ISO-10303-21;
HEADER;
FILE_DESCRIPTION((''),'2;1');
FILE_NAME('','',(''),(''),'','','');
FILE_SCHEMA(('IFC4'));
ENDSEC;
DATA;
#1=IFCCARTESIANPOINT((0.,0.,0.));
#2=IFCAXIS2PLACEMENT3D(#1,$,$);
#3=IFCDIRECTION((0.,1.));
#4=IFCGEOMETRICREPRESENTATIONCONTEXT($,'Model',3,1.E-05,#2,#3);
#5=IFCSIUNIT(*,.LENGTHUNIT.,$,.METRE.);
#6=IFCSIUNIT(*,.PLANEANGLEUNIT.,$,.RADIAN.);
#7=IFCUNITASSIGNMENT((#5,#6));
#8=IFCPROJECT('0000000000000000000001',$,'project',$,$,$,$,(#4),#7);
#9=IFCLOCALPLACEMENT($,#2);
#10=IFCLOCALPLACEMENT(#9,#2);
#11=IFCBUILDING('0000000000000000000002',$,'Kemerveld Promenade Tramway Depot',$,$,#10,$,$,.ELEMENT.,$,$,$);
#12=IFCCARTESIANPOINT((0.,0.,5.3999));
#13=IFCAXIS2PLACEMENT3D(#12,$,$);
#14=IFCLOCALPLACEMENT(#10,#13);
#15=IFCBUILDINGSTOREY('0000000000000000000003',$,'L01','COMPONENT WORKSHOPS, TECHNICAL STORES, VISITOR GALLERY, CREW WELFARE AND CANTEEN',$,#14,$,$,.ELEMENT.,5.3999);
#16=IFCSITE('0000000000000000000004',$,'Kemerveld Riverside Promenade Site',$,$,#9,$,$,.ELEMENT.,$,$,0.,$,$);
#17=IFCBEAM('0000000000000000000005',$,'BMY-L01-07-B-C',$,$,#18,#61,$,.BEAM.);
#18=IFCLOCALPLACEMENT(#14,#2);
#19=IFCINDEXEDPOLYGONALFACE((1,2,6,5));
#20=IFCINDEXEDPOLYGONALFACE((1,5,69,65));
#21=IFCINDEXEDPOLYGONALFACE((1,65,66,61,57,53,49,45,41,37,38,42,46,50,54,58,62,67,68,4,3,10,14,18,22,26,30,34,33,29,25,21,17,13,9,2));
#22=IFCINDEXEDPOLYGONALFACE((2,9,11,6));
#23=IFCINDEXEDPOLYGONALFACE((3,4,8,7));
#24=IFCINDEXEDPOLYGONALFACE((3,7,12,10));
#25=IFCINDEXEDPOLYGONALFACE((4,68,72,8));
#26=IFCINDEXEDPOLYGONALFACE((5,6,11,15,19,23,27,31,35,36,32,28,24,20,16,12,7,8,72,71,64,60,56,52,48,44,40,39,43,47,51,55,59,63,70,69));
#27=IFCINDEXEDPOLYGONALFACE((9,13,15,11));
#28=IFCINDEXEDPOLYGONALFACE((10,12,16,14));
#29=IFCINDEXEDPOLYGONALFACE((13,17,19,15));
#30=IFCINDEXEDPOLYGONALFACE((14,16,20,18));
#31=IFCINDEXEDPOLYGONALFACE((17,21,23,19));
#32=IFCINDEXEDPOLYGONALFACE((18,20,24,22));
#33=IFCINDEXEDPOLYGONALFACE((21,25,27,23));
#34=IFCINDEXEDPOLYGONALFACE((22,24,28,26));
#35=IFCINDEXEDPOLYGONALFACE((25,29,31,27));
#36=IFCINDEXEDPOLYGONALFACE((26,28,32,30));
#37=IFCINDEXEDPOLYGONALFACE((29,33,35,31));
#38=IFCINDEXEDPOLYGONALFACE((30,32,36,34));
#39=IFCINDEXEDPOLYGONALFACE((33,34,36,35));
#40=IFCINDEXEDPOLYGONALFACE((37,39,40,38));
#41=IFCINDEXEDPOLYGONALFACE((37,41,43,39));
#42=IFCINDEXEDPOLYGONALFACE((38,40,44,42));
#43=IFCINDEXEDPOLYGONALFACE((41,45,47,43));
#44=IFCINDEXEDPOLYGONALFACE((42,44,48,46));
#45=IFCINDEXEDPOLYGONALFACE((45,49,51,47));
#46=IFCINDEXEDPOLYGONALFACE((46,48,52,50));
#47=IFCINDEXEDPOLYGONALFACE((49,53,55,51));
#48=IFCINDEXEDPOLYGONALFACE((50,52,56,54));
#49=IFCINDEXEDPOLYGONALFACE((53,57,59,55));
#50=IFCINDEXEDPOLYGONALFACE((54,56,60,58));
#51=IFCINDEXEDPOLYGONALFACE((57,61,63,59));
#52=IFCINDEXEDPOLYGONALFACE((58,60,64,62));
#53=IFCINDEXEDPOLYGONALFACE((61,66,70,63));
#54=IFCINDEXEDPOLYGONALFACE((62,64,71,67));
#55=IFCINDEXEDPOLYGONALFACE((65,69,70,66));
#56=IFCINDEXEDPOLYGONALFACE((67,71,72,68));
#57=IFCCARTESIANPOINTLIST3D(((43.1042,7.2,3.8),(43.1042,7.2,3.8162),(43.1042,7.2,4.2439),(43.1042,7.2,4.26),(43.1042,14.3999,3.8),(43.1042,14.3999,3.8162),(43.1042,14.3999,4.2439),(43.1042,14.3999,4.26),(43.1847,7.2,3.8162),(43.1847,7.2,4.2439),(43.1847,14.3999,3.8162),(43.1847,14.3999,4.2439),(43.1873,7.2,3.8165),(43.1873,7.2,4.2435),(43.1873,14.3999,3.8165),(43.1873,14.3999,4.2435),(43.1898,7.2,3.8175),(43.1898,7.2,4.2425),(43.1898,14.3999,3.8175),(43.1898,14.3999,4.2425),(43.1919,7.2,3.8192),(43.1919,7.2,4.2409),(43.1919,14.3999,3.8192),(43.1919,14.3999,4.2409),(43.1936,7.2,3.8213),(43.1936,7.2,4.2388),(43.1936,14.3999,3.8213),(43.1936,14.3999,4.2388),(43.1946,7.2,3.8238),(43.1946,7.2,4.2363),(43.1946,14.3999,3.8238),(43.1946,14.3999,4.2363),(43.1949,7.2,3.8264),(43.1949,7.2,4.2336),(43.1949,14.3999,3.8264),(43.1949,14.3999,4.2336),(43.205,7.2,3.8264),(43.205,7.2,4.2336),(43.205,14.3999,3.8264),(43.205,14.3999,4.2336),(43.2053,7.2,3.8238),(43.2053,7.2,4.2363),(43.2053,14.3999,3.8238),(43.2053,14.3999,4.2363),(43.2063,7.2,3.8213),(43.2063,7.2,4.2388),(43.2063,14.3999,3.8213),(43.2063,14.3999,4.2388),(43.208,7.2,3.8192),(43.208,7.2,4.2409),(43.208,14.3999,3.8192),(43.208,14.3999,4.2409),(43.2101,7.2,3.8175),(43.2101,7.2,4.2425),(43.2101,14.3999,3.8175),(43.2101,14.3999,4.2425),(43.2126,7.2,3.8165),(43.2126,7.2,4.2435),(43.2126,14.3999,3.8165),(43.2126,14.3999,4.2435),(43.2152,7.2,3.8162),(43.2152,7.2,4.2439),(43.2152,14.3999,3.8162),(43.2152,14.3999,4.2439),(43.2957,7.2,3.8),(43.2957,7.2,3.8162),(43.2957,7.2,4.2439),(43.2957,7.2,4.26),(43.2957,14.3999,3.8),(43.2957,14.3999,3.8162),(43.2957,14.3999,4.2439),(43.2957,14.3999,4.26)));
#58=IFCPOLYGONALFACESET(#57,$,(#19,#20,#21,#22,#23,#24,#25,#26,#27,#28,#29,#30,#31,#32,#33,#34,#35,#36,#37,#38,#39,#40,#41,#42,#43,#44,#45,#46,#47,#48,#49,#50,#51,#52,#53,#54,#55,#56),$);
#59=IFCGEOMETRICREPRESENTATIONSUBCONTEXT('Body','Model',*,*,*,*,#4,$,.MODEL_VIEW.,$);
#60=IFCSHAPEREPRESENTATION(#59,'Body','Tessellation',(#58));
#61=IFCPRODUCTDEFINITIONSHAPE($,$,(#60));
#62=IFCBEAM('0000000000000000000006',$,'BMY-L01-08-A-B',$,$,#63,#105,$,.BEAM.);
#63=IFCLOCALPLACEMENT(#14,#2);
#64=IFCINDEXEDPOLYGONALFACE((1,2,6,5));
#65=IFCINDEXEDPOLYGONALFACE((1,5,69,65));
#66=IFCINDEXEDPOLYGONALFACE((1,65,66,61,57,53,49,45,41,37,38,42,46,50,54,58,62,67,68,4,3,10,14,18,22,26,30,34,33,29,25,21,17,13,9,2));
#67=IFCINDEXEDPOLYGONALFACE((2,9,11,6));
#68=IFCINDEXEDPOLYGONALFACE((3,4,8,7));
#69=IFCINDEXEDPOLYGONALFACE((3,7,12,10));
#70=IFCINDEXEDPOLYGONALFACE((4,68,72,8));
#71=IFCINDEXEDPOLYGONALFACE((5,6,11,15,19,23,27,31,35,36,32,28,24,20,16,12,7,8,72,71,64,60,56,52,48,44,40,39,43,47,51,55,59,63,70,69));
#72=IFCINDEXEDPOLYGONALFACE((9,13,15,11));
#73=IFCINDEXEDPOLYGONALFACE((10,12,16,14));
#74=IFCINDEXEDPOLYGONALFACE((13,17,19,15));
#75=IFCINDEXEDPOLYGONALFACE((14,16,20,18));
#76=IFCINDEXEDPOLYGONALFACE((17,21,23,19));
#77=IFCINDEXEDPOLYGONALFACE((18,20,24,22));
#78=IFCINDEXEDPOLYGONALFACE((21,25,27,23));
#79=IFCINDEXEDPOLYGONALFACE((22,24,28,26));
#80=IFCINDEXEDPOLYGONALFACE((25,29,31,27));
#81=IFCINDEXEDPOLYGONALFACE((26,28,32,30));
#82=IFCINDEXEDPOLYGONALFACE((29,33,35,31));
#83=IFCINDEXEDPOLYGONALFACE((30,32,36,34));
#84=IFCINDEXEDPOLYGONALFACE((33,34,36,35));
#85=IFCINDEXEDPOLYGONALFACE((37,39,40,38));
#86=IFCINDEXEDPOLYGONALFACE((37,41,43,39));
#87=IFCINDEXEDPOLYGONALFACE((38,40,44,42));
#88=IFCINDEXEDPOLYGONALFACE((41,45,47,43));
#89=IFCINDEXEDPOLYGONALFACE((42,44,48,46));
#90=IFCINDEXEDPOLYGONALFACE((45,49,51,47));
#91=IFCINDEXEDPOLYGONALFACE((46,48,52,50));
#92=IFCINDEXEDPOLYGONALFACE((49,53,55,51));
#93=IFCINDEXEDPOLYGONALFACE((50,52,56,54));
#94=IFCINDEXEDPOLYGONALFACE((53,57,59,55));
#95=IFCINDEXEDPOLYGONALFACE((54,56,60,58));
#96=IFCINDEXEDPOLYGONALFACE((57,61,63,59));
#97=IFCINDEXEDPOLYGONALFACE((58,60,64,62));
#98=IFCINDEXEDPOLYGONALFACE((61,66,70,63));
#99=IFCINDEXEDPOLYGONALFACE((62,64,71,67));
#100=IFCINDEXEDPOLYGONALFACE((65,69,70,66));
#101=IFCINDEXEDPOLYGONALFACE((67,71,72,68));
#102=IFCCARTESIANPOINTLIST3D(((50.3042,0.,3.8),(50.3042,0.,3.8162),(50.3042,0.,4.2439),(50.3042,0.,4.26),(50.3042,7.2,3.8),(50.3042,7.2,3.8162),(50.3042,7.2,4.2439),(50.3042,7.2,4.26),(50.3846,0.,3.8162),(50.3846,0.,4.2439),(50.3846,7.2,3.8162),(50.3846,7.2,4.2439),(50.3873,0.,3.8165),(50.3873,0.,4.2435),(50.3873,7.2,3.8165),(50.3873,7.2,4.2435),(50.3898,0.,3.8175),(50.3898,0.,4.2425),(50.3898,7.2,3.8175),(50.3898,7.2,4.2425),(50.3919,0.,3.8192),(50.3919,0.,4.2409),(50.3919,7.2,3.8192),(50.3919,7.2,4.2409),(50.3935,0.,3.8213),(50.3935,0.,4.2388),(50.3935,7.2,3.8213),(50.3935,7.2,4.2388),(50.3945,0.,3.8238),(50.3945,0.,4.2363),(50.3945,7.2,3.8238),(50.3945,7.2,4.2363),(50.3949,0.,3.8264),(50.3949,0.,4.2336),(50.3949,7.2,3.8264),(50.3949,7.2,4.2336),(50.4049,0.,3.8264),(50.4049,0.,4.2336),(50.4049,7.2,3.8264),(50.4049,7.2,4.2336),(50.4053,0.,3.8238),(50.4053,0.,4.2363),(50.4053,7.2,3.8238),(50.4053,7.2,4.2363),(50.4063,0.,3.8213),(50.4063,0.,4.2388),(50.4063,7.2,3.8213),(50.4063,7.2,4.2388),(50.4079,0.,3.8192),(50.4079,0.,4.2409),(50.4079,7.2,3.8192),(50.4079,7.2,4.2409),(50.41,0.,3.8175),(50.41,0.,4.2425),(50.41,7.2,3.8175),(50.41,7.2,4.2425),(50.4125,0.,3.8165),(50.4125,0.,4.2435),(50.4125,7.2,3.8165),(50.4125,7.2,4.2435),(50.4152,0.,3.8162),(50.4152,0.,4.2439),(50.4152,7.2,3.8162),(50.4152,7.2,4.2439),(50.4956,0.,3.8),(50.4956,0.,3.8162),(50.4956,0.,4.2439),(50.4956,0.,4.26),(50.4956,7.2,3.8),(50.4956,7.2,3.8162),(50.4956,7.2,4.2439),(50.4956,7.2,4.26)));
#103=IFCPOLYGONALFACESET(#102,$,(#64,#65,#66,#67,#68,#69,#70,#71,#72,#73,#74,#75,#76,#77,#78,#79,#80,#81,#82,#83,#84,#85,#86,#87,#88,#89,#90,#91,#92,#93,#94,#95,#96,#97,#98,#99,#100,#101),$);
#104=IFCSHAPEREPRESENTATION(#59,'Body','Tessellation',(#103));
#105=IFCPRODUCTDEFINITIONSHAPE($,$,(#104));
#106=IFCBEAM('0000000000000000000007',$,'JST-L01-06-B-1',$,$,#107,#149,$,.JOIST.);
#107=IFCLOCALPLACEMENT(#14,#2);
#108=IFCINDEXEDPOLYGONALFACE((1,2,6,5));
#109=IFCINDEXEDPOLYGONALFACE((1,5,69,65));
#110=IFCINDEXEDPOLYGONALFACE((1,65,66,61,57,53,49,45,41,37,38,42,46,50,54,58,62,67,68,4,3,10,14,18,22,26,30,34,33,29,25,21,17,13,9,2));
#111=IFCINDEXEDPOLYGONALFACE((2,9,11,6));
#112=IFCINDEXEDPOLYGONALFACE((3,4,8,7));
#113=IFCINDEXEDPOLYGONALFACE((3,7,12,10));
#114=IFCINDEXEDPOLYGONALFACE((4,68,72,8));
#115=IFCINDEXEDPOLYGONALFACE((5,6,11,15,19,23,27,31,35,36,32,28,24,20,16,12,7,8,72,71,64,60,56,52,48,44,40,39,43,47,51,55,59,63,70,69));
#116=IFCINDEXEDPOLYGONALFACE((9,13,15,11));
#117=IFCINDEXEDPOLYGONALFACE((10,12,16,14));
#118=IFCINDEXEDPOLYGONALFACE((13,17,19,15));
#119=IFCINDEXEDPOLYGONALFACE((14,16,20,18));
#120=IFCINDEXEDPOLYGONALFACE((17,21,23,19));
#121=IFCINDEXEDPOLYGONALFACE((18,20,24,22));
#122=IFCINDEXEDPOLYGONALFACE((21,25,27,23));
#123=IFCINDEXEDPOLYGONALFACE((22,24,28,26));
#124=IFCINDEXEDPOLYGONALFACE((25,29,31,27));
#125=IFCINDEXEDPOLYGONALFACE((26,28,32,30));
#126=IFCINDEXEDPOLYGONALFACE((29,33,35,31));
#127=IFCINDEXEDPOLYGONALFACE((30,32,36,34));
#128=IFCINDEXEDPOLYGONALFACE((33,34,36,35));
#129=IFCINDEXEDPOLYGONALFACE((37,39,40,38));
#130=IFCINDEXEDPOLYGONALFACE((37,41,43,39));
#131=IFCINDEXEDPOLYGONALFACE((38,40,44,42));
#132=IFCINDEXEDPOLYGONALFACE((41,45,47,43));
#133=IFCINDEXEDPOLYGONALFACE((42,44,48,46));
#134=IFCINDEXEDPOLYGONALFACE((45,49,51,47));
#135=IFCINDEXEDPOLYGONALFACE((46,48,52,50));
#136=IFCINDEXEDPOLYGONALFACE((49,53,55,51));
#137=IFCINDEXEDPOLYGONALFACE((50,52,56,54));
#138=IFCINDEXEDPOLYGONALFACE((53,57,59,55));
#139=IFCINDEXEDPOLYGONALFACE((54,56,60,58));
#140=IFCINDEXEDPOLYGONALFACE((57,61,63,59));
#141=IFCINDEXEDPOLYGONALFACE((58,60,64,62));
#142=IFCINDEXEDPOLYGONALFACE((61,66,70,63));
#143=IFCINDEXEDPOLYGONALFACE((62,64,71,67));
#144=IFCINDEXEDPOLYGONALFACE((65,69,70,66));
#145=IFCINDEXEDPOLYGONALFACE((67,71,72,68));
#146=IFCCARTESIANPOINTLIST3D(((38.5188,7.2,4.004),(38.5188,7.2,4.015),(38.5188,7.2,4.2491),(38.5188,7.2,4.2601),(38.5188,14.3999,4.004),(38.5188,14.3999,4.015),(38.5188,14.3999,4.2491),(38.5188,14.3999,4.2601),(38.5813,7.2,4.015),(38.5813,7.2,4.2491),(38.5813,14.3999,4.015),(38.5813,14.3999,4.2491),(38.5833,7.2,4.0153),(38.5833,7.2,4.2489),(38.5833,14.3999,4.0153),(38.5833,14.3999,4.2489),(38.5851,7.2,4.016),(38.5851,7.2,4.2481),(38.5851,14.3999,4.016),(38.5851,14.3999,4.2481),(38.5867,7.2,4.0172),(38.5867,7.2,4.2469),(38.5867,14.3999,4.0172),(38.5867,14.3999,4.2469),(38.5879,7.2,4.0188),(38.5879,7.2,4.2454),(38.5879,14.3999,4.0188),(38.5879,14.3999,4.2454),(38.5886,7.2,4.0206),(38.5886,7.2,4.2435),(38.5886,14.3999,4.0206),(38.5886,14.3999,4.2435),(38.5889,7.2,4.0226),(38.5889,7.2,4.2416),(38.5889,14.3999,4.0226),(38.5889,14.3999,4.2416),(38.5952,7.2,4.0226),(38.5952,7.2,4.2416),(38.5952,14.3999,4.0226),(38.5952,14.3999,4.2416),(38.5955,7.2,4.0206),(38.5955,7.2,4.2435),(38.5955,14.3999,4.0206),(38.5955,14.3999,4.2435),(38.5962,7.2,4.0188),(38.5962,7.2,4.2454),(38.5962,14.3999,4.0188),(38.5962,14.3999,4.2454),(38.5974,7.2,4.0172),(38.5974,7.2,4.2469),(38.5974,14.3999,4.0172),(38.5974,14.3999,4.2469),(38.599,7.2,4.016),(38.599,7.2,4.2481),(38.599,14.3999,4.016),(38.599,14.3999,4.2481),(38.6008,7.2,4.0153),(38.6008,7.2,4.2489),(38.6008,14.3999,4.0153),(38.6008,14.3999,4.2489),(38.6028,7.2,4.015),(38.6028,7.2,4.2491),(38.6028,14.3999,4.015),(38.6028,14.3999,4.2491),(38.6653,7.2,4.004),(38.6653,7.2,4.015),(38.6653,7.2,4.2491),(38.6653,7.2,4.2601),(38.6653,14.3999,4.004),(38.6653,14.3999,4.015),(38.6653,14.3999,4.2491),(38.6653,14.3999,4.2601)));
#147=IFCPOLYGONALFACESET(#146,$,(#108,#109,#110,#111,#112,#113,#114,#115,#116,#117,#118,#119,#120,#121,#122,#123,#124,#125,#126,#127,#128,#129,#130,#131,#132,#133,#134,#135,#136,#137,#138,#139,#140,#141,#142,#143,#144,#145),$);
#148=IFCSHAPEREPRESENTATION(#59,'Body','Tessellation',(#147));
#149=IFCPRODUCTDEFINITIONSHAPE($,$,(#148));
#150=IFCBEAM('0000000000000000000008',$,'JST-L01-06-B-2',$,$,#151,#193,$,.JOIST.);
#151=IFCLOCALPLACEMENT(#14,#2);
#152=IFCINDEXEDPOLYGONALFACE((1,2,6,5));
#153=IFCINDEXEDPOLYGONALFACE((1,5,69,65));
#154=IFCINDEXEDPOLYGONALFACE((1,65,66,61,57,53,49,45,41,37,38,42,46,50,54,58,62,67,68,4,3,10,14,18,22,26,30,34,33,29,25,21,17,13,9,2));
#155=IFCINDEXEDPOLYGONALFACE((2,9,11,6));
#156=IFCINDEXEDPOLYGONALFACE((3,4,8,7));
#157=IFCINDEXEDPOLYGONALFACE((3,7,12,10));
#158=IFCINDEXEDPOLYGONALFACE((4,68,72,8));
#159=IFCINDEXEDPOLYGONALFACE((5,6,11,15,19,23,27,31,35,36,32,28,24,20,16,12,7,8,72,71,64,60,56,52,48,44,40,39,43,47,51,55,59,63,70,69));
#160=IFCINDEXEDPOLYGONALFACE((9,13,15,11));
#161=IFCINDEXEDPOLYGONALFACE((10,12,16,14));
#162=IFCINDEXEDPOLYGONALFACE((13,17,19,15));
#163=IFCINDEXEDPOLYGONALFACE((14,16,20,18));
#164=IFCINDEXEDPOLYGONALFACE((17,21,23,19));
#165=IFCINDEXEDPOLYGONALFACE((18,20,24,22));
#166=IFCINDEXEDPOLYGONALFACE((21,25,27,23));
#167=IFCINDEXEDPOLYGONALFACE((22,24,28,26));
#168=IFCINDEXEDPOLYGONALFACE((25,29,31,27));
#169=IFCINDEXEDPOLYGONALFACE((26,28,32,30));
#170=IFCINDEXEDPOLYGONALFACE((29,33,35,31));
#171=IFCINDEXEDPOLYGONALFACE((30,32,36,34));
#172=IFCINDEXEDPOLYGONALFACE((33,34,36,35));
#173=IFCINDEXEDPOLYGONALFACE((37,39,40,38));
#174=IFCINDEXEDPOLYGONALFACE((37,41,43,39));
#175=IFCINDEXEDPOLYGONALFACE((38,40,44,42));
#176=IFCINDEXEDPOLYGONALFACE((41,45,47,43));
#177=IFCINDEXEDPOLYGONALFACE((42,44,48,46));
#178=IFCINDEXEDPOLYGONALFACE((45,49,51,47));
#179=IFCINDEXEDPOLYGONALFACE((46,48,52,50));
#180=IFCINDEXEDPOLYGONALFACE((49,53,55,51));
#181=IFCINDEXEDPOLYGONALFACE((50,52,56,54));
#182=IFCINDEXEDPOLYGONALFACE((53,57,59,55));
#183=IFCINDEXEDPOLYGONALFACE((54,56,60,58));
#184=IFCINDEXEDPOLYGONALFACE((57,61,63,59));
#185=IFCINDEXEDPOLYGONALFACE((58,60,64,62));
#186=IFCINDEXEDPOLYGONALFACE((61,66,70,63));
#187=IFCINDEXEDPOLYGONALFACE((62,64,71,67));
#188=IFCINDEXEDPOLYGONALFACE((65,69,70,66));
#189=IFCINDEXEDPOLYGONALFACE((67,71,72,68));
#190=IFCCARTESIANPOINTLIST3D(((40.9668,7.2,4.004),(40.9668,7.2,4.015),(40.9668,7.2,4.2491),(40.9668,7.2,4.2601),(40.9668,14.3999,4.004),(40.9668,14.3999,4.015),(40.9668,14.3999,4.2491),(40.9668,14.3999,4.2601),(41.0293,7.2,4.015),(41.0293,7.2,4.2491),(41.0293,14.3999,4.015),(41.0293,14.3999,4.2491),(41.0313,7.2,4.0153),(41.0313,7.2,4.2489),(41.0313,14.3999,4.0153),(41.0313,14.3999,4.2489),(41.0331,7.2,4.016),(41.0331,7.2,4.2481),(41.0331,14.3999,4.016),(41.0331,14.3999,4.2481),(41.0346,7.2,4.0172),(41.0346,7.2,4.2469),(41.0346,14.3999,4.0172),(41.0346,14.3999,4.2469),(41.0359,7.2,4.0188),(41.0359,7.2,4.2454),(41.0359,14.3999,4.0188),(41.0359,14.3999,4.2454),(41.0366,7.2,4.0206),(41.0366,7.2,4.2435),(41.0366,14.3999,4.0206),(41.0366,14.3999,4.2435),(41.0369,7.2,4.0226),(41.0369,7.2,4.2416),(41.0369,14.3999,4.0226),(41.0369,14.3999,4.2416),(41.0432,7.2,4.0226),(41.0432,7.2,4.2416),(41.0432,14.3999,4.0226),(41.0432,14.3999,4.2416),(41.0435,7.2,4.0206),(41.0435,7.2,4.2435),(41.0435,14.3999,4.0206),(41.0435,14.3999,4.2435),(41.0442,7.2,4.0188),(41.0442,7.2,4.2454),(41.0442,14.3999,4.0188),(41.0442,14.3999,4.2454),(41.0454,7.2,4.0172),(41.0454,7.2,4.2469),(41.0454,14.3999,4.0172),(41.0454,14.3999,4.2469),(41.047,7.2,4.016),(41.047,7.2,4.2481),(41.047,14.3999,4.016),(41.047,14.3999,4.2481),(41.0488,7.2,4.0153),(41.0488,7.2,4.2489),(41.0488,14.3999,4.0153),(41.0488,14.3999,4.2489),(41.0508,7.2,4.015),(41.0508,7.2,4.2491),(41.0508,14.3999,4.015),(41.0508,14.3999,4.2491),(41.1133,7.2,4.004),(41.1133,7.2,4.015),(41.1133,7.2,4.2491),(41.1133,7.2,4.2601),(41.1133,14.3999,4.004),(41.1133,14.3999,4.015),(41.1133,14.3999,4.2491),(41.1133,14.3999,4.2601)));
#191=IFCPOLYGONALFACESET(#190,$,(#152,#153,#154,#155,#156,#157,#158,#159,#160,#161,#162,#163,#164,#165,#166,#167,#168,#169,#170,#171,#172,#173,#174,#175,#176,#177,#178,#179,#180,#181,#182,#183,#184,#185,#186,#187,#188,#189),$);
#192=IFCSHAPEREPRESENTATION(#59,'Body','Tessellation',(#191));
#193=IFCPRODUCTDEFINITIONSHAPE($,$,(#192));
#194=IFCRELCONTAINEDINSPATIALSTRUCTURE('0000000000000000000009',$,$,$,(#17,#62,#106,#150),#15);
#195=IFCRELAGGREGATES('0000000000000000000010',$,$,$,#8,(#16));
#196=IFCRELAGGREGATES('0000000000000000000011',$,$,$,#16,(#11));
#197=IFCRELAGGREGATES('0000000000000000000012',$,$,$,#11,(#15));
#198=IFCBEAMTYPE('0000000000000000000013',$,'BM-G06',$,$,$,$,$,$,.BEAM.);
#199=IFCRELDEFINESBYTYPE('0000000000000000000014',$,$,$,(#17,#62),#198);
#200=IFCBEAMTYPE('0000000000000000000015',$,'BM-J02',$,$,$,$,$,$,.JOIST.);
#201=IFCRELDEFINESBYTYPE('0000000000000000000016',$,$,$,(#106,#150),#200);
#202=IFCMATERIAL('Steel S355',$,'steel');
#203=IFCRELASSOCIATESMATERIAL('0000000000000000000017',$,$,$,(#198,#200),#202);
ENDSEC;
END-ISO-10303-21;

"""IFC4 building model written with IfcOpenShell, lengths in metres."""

from ifc_helpers import new_model, si_unit, direction, frame, origin, origin_2d, place, context, subcontext, project, spatial, i_section, extrude, material, material_profile, profile_set, type_object, element, save


model = new_model("IFC4")

# Units and contexts
model_context = context("Model", 3, precision=1e-05, world=origin(), true_north=direction((0.0, 1.0)))
body_context = subcontext(model_context, "Body", "Model", "MODEL_VIEW")
ifc_project = project(units=[si_unit("LENGTHUNIT", "METRE"), si_unit("PLANEANGLEUNIT", "RADIAN")], contexts=[model_context])

# Site, building, storey
site_placement = place(None, origin())
site = spatial("IfcSite", under=ifc_project, at=site_placement, Name="Kemerveld Riverside Promenade Site", CompositionType="ELEMENT", RefElevation=0.0)
building_placement = place(site_placement, origin())
building = spatial("IfcBuilding", under=site, at=building_placement, Name="Kemerveld Promenade Tramway Depot", CompositionType="ELEMENT")
storey_placement = place(building_placement, frame((0.0, 0.0, 5.3999)))
storey = spatial("IfcBuildingStorey", under=building, at=storey_placement, Name="L01", Description="COMPONENT WORKSHOPS, TECHNICAL STORES, VISITOR GALLERY, CREW WELFARE AND CANTEEN", CompositionType="ELEMENT", Elevation=5.3999)

# Shared definitions
ifc_material_1 = material(Name="Steel S355", Category="steel")

# Beams
ifc_material_profile_1 = material_profile(ifc_material_1, i_section(OverallWidth=0.1914, OverallDepth=0.46, WebThickness=0.01, FlangeThickness=0.0161, FilletRadius=0.0103, at=origin_2d()), Name="457x191x82 UB")
ifc_profile_set_1 = profile_set([ifc_material_profile_1], Name="Steel S355")
beam_type_1 = type_object("IfcBeamType", Name="BM-G06", PredefinedType="BEAM", material=ifc_profile_set_1)
for number, where, z_axis, x_axis, name in (
    (1, (43.2, 7.2, 4.03), (0.0, 1.0, 0.0), (-1.0, 0.0, 0.0), "BMY-L01-07-B-C"),
    (2, (50.3999, 0.0, 4.03), (0.0, 1.0, 0.0), (-1.0, 0.0, 0.0), "BMY-L01-08-A-B"),
):
    element("IfcBeam", number, at=place(storey_placement, frame(where, z_axis=z_axis, x_axis=x_axis)), inside=storey, type_object=beam_type_1, Name=name, PredefinedType="BEAM", context=body_context, shape_type="SweptSolid", body=[
        extrude(i_section(OverallWidth=0.1914, OverallDepth=0.46, WebThickness=0.01, FlangeThickness=0.0161, FilletRadius=0.0103, at=origin_2d()), origin(), (0.0, 0.0, 1.0), 7.2),
    ])
ifc_material_profile_2 = material_profile(ifc_material_1, i_section(OverallWidth=0.1465, OverallDepth=0.2561, WebThickness=0.0063, FlangeThickness=0.011, FilletRadius=0.0076, at=origin_2d()), Name="254x146x37 UB")
ifc_profile_set_2 = profile_set([ifc_material_profile_2], Name="Steel S355")
beam_type_2 = type_object("IfcBeamType", Name="BM-J02", PredefinedType="JOIST", material=ifc_profile_set_2)
for number, where, z_axis, x_axis, name in (
    (3, (38.592, 7.2, 4.1321), (0.0, 1.0, 0.0), (-1.0, 0.0, 0.0), "JST-L01-06-B-1"),
    (4, (41.04, 7.2, 4.1321), (0.0, 1.0, 0.0), (-1.0, 0.0, 0.0), "JST-L01-06-B-2"),
):
    element("IfcBeam", number, at=place(storey_placement, frame(where, z_axis=z_axis, x_axis=x_axis)), inside=storey, type_object=beam_type_2, Name=name, PredefinedType="JOIST", context=body_context, shape_type="SweptSolid", body=[
        extrude(i_section(OverallWidth=0.1465, OverallDepth=0.2561, WebThickness=0.0063, FlangeThickness=0.011, FilletRadius=0.0076, at=origin_2d()), origin(), (0.0, 0.0, 1.0), 7.2),
    ])

save(model, "model.ifc")
